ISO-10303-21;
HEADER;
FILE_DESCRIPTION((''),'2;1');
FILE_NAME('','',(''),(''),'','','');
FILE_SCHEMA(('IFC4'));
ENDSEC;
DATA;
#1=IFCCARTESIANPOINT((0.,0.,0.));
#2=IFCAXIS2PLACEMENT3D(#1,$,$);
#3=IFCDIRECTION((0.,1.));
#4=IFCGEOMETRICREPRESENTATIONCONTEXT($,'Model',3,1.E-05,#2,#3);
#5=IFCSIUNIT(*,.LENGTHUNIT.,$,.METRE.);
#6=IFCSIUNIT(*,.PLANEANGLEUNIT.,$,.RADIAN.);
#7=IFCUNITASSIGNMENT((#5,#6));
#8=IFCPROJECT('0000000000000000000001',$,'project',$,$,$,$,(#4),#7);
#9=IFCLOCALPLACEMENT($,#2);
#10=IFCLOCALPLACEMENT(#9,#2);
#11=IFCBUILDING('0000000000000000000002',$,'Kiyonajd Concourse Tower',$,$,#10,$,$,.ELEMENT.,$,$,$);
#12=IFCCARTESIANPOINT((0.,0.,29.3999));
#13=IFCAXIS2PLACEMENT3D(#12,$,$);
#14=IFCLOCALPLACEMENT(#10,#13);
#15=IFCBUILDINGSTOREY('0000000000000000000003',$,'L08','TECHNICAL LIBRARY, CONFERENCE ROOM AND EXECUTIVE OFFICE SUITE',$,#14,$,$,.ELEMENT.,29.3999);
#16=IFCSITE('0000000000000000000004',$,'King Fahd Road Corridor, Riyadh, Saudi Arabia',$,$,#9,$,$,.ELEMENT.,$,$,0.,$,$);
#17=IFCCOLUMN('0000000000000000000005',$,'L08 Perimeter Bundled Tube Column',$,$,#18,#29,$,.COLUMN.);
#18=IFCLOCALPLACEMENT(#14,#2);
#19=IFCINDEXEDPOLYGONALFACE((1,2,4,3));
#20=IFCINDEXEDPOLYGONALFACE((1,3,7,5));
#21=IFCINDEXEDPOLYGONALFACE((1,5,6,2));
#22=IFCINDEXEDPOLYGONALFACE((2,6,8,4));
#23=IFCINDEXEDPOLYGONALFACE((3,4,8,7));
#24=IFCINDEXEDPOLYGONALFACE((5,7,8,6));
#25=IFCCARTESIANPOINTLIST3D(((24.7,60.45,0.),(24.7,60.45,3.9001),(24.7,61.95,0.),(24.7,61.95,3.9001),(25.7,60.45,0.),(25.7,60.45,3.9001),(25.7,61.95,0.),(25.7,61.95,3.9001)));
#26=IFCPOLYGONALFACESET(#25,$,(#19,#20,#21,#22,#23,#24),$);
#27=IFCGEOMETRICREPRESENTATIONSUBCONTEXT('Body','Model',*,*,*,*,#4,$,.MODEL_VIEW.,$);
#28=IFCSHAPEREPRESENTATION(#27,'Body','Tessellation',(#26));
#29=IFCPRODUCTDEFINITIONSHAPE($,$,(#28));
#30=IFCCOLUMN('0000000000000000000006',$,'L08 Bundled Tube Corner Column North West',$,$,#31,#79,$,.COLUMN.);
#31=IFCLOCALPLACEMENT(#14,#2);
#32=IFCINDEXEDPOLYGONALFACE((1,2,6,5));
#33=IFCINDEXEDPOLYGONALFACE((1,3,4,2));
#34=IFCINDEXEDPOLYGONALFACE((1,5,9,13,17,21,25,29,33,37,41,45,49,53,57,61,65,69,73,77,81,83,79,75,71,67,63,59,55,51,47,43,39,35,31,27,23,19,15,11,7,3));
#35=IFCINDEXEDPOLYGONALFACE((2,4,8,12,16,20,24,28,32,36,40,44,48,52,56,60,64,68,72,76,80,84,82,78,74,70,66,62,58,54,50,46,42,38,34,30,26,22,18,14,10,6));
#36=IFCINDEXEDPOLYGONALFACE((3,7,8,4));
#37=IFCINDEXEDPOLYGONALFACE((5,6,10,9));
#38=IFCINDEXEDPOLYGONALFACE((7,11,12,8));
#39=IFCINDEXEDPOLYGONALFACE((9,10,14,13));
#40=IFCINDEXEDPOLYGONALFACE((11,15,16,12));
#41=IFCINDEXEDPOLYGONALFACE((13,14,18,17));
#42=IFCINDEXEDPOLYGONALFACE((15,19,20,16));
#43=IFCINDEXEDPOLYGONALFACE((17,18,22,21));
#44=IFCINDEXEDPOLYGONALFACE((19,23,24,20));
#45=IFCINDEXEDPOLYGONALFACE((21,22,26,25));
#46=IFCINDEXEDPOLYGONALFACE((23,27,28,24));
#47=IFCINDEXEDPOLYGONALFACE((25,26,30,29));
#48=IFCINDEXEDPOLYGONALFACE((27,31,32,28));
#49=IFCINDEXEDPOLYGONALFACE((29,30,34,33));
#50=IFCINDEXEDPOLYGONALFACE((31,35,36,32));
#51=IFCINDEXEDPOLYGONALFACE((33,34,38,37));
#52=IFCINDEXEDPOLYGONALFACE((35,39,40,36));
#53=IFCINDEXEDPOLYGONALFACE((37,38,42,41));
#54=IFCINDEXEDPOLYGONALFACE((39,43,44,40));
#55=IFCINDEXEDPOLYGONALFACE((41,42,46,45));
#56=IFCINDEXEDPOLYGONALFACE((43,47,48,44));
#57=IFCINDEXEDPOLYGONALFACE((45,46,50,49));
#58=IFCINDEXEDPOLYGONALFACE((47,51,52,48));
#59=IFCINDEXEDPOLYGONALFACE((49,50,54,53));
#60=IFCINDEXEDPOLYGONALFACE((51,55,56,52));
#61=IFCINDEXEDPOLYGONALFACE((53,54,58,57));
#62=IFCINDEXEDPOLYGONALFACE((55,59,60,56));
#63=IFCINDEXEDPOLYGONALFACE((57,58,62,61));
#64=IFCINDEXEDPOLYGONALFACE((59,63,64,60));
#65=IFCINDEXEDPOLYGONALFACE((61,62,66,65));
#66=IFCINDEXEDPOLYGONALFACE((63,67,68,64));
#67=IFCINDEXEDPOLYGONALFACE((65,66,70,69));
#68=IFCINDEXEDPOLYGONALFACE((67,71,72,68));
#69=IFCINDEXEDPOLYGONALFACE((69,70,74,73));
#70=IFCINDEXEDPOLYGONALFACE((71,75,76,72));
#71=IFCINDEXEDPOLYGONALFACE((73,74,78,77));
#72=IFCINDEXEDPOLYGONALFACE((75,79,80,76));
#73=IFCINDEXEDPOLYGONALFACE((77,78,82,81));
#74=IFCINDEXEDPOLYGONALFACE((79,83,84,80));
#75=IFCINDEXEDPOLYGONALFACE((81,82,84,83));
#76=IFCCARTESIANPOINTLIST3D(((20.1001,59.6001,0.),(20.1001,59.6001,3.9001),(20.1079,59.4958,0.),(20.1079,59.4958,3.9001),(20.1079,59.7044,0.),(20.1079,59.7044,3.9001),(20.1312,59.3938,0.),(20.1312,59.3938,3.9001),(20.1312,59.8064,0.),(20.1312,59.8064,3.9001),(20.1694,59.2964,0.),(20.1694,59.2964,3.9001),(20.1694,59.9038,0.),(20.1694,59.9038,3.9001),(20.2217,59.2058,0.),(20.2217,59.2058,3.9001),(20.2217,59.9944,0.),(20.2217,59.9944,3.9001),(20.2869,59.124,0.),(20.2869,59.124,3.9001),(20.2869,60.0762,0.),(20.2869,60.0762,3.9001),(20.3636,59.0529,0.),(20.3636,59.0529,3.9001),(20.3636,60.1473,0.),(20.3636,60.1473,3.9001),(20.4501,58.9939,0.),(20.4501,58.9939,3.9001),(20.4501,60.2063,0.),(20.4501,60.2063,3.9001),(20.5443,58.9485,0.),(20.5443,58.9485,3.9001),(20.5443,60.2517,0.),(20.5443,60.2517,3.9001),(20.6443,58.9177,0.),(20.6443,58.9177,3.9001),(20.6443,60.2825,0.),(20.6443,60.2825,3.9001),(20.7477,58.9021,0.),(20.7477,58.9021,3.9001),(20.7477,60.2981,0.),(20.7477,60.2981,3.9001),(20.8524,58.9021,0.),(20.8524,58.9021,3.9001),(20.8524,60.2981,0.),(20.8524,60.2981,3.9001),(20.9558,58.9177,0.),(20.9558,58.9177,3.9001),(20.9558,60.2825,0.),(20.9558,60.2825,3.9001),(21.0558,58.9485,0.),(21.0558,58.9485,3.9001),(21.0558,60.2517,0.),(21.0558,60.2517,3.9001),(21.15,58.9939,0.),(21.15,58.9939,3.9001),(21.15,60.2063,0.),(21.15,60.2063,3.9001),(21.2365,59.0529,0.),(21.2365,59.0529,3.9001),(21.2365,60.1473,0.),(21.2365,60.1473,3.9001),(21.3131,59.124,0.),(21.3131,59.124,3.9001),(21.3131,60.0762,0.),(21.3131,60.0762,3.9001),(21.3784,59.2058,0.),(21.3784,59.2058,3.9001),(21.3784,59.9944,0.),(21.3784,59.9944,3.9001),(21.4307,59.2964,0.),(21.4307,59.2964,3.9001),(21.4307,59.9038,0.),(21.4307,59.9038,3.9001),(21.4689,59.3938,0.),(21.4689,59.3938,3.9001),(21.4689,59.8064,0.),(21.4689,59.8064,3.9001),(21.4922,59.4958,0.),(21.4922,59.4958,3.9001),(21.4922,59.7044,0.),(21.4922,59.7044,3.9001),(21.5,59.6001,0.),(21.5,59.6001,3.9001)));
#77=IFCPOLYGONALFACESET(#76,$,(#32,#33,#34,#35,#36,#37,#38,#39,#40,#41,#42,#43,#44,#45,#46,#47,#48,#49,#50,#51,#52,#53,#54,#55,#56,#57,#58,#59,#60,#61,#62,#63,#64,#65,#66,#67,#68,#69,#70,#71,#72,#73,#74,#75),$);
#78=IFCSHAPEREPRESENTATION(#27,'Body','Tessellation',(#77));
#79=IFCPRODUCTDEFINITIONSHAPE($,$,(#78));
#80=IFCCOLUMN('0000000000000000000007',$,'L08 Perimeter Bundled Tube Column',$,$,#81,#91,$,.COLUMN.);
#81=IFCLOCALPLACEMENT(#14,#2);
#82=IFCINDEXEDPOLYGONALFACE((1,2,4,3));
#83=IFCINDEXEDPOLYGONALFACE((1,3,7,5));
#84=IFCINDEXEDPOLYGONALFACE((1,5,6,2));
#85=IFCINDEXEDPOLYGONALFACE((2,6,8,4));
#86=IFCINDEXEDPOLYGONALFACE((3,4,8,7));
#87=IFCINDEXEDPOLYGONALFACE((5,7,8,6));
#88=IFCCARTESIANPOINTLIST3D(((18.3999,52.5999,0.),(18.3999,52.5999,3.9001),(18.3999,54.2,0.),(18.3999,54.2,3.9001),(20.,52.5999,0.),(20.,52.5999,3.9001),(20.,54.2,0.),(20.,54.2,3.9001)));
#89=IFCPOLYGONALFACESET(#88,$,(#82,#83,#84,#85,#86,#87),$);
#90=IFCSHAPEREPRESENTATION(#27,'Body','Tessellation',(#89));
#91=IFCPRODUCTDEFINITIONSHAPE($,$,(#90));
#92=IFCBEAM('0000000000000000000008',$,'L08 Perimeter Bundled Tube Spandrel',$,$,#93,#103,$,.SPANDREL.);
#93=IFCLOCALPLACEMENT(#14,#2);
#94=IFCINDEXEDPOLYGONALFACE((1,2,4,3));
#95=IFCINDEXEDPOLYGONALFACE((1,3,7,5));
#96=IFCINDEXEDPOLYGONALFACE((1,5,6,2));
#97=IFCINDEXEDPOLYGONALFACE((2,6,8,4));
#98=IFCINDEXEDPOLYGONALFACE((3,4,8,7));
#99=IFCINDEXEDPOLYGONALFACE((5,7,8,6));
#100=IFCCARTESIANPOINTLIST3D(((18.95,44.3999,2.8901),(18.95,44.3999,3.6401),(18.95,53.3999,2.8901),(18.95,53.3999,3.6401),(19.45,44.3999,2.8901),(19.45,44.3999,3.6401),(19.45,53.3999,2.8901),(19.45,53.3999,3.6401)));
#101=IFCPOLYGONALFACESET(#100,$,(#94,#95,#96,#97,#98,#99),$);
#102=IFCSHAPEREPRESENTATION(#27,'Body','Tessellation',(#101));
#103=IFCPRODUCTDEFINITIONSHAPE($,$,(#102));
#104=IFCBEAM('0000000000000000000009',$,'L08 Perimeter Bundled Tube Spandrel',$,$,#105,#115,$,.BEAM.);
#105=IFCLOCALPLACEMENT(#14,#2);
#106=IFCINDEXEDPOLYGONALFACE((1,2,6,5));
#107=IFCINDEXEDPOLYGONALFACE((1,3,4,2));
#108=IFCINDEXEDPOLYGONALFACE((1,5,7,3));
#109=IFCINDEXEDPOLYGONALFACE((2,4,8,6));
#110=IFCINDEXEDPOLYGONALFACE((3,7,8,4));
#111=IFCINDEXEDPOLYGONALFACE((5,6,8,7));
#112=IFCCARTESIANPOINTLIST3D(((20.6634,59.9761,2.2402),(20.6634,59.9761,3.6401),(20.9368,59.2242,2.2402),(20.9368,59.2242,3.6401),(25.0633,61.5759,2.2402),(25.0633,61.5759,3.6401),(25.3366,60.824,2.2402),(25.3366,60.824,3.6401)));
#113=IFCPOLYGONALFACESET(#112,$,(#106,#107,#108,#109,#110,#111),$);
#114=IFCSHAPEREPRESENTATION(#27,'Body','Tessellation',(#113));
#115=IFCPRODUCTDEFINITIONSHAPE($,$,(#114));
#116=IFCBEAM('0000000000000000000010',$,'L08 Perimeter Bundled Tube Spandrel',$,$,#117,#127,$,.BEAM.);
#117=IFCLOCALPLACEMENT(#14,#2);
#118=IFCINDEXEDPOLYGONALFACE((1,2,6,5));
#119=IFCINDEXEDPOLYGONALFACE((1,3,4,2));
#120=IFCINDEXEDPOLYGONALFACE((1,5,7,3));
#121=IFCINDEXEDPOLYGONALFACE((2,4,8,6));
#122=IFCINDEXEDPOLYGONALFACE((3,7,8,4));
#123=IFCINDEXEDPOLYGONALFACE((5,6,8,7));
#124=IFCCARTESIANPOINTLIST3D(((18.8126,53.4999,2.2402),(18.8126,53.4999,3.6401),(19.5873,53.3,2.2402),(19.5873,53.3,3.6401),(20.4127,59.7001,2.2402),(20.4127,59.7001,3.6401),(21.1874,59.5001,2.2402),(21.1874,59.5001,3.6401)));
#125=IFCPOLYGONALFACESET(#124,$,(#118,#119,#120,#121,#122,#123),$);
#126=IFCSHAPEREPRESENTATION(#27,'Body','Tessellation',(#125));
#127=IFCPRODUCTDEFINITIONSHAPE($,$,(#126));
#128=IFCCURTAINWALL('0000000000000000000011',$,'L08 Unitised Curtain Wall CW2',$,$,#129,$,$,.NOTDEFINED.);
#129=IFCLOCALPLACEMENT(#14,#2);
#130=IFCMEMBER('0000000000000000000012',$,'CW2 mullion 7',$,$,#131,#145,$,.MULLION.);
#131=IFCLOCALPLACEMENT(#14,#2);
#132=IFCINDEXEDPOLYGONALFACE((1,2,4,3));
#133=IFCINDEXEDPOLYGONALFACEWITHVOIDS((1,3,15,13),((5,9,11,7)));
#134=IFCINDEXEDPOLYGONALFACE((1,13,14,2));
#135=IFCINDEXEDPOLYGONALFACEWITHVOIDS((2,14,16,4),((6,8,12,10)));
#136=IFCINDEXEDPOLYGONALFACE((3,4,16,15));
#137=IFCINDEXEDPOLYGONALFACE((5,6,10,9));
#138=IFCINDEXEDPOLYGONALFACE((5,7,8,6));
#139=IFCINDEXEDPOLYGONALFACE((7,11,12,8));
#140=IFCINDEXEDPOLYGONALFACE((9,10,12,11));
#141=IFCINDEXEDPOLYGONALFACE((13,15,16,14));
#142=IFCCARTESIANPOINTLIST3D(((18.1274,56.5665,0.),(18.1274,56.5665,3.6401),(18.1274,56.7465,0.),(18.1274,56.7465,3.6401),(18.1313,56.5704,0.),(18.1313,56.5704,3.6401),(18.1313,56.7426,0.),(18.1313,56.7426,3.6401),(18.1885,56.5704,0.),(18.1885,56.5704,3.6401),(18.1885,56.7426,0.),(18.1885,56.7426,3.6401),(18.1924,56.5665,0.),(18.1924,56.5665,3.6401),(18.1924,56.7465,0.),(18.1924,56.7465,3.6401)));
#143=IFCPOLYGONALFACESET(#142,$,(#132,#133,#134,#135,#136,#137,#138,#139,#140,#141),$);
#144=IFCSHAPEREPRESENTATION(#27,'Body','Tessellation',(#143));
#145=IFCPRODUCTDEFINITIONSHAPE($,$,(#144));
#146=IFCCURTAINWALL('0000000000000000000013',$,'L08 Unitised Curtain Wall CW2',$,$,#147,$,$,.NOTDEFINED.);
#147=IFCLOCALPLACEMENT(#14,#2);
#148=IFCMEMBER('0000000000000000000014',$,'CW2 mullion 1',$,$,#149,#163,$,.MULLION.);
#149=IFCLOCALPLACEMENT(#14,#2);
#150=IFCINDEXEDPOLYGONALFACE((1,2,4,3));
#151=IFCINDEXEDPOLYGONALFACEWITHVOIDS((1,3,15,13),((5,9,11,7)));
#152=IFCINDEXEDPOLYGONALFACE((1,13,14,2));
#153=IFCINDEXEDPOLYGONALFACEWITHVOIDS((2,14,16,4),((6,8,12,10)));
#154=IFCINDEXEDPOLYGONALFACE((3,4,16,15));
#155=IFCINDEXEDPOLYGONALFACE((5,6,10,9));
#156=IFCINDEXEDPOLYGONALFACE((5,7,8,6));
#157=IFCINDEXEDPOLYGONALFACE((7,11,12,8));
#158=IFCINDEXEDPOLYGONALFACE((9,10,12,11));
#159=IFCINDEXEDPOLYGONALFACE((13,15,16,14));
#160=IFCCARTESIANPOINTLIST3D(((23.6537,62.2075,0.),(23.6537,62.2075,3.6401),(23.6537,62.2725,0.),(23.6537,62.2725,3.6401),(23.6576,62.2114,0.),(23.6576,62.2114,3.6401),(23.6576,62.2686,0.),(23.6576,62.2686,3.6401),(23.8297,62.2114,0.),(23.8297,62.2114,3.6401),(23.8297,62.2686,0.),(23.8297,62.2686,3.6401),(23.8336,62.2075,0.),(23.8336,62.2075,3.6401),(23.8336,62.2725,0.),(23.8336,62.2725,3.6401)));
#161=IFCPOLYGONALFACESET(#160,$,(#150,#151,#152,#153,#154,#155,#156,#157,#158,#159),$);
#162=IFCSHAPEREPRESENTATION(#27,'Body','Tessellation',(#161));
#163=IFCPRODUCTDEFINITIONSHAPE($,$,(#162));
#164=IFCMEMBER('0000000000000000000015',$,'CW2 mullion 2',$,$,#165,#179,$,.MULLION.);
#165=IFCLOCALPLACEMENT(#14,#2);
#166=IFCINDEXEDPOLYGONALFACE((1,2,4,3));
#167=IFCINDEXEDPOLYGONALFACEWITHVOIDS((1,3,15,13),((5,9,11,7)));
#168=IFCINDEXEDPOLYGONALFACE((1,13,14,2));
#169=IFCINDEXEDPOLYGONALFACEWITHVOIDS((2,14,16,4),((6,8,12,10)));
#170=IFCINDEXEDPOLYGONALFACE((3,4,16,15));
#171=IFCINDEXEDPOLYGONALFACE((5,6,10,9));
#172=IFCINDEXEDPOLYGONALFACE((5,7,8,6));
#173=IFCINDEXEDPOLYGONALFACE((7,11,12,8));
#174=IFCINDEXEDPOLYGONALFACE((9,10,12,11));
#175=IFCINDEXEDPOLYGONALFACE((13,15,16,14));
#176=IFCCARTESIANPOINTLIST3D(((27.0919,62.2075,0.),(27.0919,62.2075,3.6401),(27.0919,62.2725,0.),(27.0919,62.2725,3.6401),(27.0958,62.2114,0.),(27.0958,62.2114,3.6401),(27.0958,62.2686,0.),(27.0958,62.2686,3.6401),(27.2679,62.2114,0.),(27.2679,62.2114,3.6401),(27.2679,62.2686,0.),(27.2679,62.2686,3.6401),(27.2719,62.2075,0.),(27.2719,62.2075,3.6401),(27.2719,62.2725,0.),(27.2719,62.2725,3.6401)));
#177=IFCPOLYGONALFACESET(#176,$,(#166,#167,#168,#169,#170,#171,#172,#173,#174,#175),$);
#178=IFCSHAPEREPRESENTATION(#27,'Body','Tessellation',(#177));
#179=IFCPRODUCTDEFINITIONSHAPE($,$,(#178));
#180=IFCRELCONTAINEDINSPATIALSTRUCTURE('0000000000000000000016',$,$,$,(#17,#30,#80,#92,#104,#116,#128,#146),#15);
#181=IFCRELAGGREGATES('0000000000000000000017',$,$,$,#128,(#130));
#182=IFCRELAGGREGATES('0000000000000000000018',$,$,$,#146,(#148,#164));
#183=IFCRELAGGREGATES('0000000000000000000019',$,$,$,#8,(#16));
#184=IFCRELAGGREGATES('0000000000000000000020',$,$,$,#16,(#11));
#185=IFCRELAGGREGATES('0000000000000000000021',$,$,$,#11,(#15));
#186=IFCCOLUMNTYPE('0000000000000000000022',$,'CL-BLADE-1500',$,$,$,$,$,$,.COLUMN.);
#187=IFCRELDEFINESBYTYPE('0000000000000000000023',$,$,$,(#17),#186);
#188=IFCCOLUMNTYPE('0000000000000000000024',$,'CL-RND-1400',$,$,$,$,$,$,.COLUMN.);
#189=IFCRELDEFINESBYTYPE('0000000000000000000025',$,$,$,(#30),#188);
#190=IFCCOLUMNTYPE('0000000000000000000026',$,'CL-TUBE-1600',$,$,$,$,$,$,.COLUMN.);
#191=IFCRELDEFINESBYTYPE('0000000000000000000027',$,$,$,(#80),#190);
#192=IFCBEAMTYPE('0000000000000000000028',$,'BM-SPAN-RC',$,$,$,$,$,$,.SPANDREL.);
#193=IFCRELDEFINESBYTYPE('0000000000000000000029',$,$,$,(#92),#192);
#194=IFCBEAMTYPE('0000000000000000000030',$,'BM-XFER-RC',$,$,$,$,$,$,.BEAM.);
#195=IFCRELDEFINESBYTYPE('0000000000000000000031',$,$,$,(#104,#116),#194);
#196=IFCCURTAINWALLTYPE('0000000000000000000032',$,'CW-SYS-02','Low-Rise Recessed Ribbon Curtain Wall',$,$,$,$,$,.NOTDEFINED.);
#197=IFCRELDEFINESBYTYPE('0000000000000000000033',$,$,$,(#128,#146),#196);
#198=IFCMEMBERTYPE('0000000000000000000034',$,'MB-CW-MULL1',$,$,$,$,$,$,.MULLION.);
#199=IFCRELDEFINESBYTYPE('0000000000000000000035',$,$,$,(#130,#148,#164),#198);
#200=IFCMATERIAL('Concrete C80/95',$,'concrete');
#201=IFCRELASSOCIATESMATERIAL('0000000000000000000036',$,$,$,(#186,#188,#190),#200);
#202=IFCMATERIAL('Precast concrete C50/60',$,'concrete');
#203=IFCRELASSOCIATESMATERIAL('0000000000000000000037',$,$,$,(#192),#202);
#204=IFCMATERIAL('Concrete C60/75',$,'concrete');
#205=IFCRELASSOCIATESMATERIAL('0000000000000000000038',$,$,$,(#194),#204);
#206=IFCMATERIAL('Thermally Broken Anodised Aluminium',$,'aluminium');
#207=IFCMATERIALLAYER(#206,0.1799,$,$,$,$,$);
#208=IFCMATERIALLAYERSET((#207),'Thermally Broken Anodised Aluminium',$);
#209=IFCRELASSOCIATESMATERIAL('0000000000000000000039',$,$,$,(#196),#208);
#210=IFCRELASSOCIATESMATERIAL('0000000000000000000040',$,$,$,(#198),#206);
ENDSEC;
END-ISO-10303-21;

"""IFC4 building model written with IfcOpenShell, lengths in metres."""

from ifc_helpers import new_model, si_unit, direction, frame, origin, origin_2d, place, context, subcontext, project, spatial, rectangle, hollow_rectangle, circle, extrude, material, layer, layer_set, material_profile, profile_set, type_object, element, aggregate, save


model = new_model("IFC4")

# Units and contexts
model_context = context("Model", 3, precision=1e-05, world=origin(), true_north=direction((0.0, 1.0)))
body_context = subcontext(model_context, "Body", "Model", "MODEL_VIEW")
ifc_project = project(units=[si_unit("LENGTHUNIT", "METRE"), si_unit("PLANEANGLEUNIT", "RADIAN")], contexts=[model_context])

# Site, building, storey
site_placement = place(None, origin())
site = spatial("IfcSite", under=ifc_project, at=site_placement, Name="King Fahd Road Corridor, Riyadh, Saudi Arabia", CompositionType="ELEMENT", RefElevation=0.0)
building_placement = place(site_placement, origin())
building = spatial("IfcBuilding", under=site, at=building_placement, Name="Kiyonajd Concourse Tower", CompositionType="ELEMENT")
storey_placement = place(building_placement, frame((0.0, 0.0, 29.3999)))
storey = spatial("IfcBuildingStorey", under=building, at=storey_placement, Name="L08", Description="TECHNICAL LIBRARY, CONFERENCE ROOM AND EXECUTIVE OFFICE SUITE", CompositionType="ELEMENT", Elevation=29.3999)

# Columns
ifc_material_1 = material(Name="Concrete C80/95", Category="concrete")
ifc_material_profile_1 = material_profile(ifc_material_1, rectangle(XDim=1.0, YDim=1.5, at=origin_2d()), Name="RC-1500x1000")
ifc_profile_set_1 = profile_set([ifc_material_profile_1], Name="Concrete C80/95")
column_type_1 = type_object("IfcColumnType", Name="CL-BLADE-1500", PredefinedType="COLUMN", material=ifc_profile_set_1)
column_1_placement = place(storey_placement, frame((25.2, 61.2, 0.0), z_axis=(0.0, 0.0, 1.0), x_axis=(1.0, 0.0, 0.0)))
element("IfcColumn", 1, at=column_1_placement, inside=storey, type_object=column_type_1, Name="L08 Perimeter Bundled Tube Column", PredefinedType="COLUMN", context=body_context, shape_type="SweptSolid", body=[
    extrude(rectangle(XDim=1.0, YDim=1.5, at=origin_2d()), origin(), (0.0, 0.0, 1.0), 3.9001),
])
ifc_material_profile_2 = material_profile(ifc_material_1, circle(Radius=0.7, at=origin_2d()), Name="RCC-D1400")
ifc_profile_set_2 = profile_set([ifc_material_profile_2], Name="Concrete C80/95")
column_type_2 = type_object("IfcColumnType", Name="CL-RND-1400", PredefinedType="COLUMN", material=ifc_profile_set_2)
column_2_placement = place(storey_placement, frame((20.8, 59.6001, 0.0), z_axis=(0.0, 0.0, 1.0), x_axis=(1.0, 0.0, 0.0)))
element("IfcColumn", 2, at=column_2_placement, inside=storey, type_object=column_type_2, Name="L08 Bundled Tube Corner Column North West", PredefinedType="COLUMN", context=body_context, shape_type="SweptSolid", body=[
    extrude(circle(Radius=0.7, at=origin_2d()), origin(), (0.0, 0.0, 1.0), 3.9001),
])
ifc_material_profile_3 = material_profile(ifc_material_1, rectangle(XDim=1.6001, YDim=1.6001, at=origin_2d()), Name="RC-1600x1600")
ifc_profile_set_3 = profile_set([ifc_material_profile_3], Name="Concrete C80/95")
column_type_3 = type_object("IfcColumnType", Name="CL-TUBE-1600", PredefinedType="COLUMN", material=ifc_profile_set_3)
column_3_placement = place(storey_placement, frame((19.2, 53.3999, 0.0), z_axis=(0.0, 0.0, 1.0), x_axis=(1.0, 0.0, 0.0)))
element("IfcColumn", 3, at=column_3_placement, inside=storey, type_object=column_type_3, Name="L08 Perimeter Bundled Tube Column", PredefinedType="COLUMN", context=body_context, shape_type="SweptSolid", body=[
    extrude(rectangle(XDim=1.6001, YDim=1.6001, at=origin_2d()), origin(), (0.0, 0.0, 1.0), 3.9001),
])

# Beams
ifc_material_2 = material(Name="Precast concrete C50/60", Category="concrete")
ifc_material_profile_4 = material_profile(ifc_material_2, rectangle(XDim=0.5, YDim=0.75, at=origin_2d()), Name="RCBM-500x750")
ifc_profile_set_4 = profile_set([ifc_material_profile_4], Name="Precast concrete C50/60")
beam_type_1 = type_object("IfcBeamType", Name="BM-SPAN-RC", PredefinedType="SPANDREL", material=ifc_profile_set_4)
beam_1_placement = place(storey_placement, frame((19.2, 53.3999, 3.2651), z_axis=(0.0, -1.0, 0.0), x_axis=(1.0, 0.0, 0.0)))
element("IfcBeam", 4, at=beam_1_placement, inside=storey, type_object=beam_type_1, Name="L08 Perimeter Bundled Tube Spandrel", PredefinedType="SPANDREL", context=body_context, shape_type="SweptSolid", body=[
    extrude(rectangle(XDim=0.5, YDim=0.75, at=origin_2d()), origin(), (0.0, 0.0, 1.0), 9.0),
])
ifc_material_3 = material(Name="Concrete C60/75", Category="concrete")
ifc_material_profile_5 = material_profile(ifc_material_3, rectangle(XDim=0.8, YDim=1.3999, at=origin_2d()), Name="RCBM-800x1400")
ifc_profile_set_5 = profile_set([ifc_material_profile_5], Name="Concrete C60/75")
beam_type_2 = type_object("IfcBeamType", Name="BM-XFER-RC", PredefinedType="BEAM", material=ifc_profile_set_5)
beam_2_placement = place(storey_placement, frame((25.2, 61.2, 2.9402), z_axis=(-0.939801, -0.341722, 0.0), x_axis=(0.341722, -0.939801, 0.0)))
element("IfcBeam", 5, at=beam_2_placement, inside=storey, type_object=beam_type_2, Name="L08 Perimeter Bundled Tube Spandrel", PredefinedType="BEAM", context=body_context, shape_type="SweptSolid", body=[
    extrude(rectangle(XDim=0.8, YDim=1.3999, at=origin_2d()), origin(), (0.0, 0.0, 1.0), 4.6816),
])
beam_3_placement = place(storey_placement, frame((20.8, 59.6001, 2.9402), z_axis=(-0.249885, -0.968276, 0.0), x_axis=(0.968276, -0.249885, 0.0)))
element("IfcBeam", 6, at=beam_3_placement, inside=storey, type_object=beam_type_2, Name="L08 Perimeter Bundled Tube Spandrel", PredefinedType="BEAM", context=body_context, shape_type="SweptSolid", body=[
    extrude(rectangle(XDim=0.8, YDim=1.3999, at=origin_2d()), origin(), (0.0, 0.0, 1.0), 6.4033),
])

# Curtain wall, member
ifc_material_4 = material(Name="Thermally Broken Anodised Aluminium", Category="aluminium")
ifc_layer_1 = layer(ifc_material_4, 0.1799)
ifc_layer_set_1 = layer_set([ifc_layer_1], Name="Thermally Broken Anodised Aluminium")
curtain_wall_type = type_object("IfcCurtainWallType", Name="CW-SYS-02", Description="Low-Rise Recessed Ribbon Curtain Wall", PredefinedType="NOTDEFINED", material=ifc_layer_set_1)
curtain_wall_1_placement = place(storey_placement, origin())
curtain_wall_1 = element("IfcCurtainWall", 7, at=curtain_wall_1_placement, inside=storey, type_object=curtain_wall_type, Name="L08 Unitised Curtain Wall CW2", PredefinedType="NOTDEFINED")
ifc_material_profile_6 = material_profile(ifc_material_4, hollow_rectangle(XDim=0.0649, YDim=0.1799, WallThickness=0.0039, at=origin_2d()), Name="MULL-65x180")
ifc_profile_set_6 = profile_set([ifc_material_profile_6], Name="Thermally Broken Anodised Aluminium")
member_type_1 = type_object("IfcMemberType", Name="MB-CW-MULL1", PredefinedType="MULLION", material=ifc_profile_set_6)
member_1_placement = place(storey_placement, frame((18.1599, 56.6565, 0.0), z_axis=(0.0, 0.0, 1.0), x_axis=(-1.0, 0.0, 0.0)))
member_1 = element("IfcMember", 8, at=member_1_placement, type_object=member_type_1, Name="CW2 mullion 7", PredefinedType="MULLION", context=body_context, shape_type="SweptSolid", body=[
    extrude(hollow_rectangle(XDim=0.0649, YDim=0.1799, WallThickness=0.0039, at=origin_2d()), origin(), (0.0, 0.0, 1.0), 3.6401),
])

# Curtain wall, members
curtain_wall_2_placement = place(storey_placement, origin())
curtain_wall_2 = element("IfcCurtainWall", 9, at=curtain_wall_2_placement, inside=storey, type_object=curtain_wall_type, Name="L08 Unitised Curtain Wall CW2", PredefinedType="NOTDEFINED")
member_2_placement = place(storey_placement, frame((23.7437, 62.24, 0.0), z_axis=(0.0, 0.0, 1.0), x_axis=(0.0, 1.0, 0.0)))
member_2 = element("IfcMember", 10, at=member_2_placement, type_object=member_type_1, Name="CW2 mullion 1", PredefinedType="MULLION", context=body_context, shape_type="SweptSolid", body=[
    extrude(hollow_rectangle(XDim=0.0649, YDim=0.1799, WallThickness=0.0039, at=origin_2d()), origin(), (0.0, 0.0, 1.0), 3.6401),
])
member_3_placement = place(storey_placement, frame((27.1819, 62.24, 0.0), z_axis=(0.0, 0.0, 1.0), x_axis=(0.0, 1.0, 0.0)))
member_3 = element("IfcMember", 11, at=member_3_placement, type_object=member_type_1, Name="CW2 mullion 2", PredefinedType="MULLION", context=body_context, shape_type="SweptSolid", body=[
    extrude(hollow_rectangle(XDim=0.0649, YDim=0.1799, WallThickness=0.0039, at=origin_2d()), origin(), (0.0, 0.0, 1.0), 3.6401),
])

aggregate(curtain_wall_1, [member_1])
aggregate(curtain_wall_2, [member_2, member_3])

save(model, "model.ifc")
